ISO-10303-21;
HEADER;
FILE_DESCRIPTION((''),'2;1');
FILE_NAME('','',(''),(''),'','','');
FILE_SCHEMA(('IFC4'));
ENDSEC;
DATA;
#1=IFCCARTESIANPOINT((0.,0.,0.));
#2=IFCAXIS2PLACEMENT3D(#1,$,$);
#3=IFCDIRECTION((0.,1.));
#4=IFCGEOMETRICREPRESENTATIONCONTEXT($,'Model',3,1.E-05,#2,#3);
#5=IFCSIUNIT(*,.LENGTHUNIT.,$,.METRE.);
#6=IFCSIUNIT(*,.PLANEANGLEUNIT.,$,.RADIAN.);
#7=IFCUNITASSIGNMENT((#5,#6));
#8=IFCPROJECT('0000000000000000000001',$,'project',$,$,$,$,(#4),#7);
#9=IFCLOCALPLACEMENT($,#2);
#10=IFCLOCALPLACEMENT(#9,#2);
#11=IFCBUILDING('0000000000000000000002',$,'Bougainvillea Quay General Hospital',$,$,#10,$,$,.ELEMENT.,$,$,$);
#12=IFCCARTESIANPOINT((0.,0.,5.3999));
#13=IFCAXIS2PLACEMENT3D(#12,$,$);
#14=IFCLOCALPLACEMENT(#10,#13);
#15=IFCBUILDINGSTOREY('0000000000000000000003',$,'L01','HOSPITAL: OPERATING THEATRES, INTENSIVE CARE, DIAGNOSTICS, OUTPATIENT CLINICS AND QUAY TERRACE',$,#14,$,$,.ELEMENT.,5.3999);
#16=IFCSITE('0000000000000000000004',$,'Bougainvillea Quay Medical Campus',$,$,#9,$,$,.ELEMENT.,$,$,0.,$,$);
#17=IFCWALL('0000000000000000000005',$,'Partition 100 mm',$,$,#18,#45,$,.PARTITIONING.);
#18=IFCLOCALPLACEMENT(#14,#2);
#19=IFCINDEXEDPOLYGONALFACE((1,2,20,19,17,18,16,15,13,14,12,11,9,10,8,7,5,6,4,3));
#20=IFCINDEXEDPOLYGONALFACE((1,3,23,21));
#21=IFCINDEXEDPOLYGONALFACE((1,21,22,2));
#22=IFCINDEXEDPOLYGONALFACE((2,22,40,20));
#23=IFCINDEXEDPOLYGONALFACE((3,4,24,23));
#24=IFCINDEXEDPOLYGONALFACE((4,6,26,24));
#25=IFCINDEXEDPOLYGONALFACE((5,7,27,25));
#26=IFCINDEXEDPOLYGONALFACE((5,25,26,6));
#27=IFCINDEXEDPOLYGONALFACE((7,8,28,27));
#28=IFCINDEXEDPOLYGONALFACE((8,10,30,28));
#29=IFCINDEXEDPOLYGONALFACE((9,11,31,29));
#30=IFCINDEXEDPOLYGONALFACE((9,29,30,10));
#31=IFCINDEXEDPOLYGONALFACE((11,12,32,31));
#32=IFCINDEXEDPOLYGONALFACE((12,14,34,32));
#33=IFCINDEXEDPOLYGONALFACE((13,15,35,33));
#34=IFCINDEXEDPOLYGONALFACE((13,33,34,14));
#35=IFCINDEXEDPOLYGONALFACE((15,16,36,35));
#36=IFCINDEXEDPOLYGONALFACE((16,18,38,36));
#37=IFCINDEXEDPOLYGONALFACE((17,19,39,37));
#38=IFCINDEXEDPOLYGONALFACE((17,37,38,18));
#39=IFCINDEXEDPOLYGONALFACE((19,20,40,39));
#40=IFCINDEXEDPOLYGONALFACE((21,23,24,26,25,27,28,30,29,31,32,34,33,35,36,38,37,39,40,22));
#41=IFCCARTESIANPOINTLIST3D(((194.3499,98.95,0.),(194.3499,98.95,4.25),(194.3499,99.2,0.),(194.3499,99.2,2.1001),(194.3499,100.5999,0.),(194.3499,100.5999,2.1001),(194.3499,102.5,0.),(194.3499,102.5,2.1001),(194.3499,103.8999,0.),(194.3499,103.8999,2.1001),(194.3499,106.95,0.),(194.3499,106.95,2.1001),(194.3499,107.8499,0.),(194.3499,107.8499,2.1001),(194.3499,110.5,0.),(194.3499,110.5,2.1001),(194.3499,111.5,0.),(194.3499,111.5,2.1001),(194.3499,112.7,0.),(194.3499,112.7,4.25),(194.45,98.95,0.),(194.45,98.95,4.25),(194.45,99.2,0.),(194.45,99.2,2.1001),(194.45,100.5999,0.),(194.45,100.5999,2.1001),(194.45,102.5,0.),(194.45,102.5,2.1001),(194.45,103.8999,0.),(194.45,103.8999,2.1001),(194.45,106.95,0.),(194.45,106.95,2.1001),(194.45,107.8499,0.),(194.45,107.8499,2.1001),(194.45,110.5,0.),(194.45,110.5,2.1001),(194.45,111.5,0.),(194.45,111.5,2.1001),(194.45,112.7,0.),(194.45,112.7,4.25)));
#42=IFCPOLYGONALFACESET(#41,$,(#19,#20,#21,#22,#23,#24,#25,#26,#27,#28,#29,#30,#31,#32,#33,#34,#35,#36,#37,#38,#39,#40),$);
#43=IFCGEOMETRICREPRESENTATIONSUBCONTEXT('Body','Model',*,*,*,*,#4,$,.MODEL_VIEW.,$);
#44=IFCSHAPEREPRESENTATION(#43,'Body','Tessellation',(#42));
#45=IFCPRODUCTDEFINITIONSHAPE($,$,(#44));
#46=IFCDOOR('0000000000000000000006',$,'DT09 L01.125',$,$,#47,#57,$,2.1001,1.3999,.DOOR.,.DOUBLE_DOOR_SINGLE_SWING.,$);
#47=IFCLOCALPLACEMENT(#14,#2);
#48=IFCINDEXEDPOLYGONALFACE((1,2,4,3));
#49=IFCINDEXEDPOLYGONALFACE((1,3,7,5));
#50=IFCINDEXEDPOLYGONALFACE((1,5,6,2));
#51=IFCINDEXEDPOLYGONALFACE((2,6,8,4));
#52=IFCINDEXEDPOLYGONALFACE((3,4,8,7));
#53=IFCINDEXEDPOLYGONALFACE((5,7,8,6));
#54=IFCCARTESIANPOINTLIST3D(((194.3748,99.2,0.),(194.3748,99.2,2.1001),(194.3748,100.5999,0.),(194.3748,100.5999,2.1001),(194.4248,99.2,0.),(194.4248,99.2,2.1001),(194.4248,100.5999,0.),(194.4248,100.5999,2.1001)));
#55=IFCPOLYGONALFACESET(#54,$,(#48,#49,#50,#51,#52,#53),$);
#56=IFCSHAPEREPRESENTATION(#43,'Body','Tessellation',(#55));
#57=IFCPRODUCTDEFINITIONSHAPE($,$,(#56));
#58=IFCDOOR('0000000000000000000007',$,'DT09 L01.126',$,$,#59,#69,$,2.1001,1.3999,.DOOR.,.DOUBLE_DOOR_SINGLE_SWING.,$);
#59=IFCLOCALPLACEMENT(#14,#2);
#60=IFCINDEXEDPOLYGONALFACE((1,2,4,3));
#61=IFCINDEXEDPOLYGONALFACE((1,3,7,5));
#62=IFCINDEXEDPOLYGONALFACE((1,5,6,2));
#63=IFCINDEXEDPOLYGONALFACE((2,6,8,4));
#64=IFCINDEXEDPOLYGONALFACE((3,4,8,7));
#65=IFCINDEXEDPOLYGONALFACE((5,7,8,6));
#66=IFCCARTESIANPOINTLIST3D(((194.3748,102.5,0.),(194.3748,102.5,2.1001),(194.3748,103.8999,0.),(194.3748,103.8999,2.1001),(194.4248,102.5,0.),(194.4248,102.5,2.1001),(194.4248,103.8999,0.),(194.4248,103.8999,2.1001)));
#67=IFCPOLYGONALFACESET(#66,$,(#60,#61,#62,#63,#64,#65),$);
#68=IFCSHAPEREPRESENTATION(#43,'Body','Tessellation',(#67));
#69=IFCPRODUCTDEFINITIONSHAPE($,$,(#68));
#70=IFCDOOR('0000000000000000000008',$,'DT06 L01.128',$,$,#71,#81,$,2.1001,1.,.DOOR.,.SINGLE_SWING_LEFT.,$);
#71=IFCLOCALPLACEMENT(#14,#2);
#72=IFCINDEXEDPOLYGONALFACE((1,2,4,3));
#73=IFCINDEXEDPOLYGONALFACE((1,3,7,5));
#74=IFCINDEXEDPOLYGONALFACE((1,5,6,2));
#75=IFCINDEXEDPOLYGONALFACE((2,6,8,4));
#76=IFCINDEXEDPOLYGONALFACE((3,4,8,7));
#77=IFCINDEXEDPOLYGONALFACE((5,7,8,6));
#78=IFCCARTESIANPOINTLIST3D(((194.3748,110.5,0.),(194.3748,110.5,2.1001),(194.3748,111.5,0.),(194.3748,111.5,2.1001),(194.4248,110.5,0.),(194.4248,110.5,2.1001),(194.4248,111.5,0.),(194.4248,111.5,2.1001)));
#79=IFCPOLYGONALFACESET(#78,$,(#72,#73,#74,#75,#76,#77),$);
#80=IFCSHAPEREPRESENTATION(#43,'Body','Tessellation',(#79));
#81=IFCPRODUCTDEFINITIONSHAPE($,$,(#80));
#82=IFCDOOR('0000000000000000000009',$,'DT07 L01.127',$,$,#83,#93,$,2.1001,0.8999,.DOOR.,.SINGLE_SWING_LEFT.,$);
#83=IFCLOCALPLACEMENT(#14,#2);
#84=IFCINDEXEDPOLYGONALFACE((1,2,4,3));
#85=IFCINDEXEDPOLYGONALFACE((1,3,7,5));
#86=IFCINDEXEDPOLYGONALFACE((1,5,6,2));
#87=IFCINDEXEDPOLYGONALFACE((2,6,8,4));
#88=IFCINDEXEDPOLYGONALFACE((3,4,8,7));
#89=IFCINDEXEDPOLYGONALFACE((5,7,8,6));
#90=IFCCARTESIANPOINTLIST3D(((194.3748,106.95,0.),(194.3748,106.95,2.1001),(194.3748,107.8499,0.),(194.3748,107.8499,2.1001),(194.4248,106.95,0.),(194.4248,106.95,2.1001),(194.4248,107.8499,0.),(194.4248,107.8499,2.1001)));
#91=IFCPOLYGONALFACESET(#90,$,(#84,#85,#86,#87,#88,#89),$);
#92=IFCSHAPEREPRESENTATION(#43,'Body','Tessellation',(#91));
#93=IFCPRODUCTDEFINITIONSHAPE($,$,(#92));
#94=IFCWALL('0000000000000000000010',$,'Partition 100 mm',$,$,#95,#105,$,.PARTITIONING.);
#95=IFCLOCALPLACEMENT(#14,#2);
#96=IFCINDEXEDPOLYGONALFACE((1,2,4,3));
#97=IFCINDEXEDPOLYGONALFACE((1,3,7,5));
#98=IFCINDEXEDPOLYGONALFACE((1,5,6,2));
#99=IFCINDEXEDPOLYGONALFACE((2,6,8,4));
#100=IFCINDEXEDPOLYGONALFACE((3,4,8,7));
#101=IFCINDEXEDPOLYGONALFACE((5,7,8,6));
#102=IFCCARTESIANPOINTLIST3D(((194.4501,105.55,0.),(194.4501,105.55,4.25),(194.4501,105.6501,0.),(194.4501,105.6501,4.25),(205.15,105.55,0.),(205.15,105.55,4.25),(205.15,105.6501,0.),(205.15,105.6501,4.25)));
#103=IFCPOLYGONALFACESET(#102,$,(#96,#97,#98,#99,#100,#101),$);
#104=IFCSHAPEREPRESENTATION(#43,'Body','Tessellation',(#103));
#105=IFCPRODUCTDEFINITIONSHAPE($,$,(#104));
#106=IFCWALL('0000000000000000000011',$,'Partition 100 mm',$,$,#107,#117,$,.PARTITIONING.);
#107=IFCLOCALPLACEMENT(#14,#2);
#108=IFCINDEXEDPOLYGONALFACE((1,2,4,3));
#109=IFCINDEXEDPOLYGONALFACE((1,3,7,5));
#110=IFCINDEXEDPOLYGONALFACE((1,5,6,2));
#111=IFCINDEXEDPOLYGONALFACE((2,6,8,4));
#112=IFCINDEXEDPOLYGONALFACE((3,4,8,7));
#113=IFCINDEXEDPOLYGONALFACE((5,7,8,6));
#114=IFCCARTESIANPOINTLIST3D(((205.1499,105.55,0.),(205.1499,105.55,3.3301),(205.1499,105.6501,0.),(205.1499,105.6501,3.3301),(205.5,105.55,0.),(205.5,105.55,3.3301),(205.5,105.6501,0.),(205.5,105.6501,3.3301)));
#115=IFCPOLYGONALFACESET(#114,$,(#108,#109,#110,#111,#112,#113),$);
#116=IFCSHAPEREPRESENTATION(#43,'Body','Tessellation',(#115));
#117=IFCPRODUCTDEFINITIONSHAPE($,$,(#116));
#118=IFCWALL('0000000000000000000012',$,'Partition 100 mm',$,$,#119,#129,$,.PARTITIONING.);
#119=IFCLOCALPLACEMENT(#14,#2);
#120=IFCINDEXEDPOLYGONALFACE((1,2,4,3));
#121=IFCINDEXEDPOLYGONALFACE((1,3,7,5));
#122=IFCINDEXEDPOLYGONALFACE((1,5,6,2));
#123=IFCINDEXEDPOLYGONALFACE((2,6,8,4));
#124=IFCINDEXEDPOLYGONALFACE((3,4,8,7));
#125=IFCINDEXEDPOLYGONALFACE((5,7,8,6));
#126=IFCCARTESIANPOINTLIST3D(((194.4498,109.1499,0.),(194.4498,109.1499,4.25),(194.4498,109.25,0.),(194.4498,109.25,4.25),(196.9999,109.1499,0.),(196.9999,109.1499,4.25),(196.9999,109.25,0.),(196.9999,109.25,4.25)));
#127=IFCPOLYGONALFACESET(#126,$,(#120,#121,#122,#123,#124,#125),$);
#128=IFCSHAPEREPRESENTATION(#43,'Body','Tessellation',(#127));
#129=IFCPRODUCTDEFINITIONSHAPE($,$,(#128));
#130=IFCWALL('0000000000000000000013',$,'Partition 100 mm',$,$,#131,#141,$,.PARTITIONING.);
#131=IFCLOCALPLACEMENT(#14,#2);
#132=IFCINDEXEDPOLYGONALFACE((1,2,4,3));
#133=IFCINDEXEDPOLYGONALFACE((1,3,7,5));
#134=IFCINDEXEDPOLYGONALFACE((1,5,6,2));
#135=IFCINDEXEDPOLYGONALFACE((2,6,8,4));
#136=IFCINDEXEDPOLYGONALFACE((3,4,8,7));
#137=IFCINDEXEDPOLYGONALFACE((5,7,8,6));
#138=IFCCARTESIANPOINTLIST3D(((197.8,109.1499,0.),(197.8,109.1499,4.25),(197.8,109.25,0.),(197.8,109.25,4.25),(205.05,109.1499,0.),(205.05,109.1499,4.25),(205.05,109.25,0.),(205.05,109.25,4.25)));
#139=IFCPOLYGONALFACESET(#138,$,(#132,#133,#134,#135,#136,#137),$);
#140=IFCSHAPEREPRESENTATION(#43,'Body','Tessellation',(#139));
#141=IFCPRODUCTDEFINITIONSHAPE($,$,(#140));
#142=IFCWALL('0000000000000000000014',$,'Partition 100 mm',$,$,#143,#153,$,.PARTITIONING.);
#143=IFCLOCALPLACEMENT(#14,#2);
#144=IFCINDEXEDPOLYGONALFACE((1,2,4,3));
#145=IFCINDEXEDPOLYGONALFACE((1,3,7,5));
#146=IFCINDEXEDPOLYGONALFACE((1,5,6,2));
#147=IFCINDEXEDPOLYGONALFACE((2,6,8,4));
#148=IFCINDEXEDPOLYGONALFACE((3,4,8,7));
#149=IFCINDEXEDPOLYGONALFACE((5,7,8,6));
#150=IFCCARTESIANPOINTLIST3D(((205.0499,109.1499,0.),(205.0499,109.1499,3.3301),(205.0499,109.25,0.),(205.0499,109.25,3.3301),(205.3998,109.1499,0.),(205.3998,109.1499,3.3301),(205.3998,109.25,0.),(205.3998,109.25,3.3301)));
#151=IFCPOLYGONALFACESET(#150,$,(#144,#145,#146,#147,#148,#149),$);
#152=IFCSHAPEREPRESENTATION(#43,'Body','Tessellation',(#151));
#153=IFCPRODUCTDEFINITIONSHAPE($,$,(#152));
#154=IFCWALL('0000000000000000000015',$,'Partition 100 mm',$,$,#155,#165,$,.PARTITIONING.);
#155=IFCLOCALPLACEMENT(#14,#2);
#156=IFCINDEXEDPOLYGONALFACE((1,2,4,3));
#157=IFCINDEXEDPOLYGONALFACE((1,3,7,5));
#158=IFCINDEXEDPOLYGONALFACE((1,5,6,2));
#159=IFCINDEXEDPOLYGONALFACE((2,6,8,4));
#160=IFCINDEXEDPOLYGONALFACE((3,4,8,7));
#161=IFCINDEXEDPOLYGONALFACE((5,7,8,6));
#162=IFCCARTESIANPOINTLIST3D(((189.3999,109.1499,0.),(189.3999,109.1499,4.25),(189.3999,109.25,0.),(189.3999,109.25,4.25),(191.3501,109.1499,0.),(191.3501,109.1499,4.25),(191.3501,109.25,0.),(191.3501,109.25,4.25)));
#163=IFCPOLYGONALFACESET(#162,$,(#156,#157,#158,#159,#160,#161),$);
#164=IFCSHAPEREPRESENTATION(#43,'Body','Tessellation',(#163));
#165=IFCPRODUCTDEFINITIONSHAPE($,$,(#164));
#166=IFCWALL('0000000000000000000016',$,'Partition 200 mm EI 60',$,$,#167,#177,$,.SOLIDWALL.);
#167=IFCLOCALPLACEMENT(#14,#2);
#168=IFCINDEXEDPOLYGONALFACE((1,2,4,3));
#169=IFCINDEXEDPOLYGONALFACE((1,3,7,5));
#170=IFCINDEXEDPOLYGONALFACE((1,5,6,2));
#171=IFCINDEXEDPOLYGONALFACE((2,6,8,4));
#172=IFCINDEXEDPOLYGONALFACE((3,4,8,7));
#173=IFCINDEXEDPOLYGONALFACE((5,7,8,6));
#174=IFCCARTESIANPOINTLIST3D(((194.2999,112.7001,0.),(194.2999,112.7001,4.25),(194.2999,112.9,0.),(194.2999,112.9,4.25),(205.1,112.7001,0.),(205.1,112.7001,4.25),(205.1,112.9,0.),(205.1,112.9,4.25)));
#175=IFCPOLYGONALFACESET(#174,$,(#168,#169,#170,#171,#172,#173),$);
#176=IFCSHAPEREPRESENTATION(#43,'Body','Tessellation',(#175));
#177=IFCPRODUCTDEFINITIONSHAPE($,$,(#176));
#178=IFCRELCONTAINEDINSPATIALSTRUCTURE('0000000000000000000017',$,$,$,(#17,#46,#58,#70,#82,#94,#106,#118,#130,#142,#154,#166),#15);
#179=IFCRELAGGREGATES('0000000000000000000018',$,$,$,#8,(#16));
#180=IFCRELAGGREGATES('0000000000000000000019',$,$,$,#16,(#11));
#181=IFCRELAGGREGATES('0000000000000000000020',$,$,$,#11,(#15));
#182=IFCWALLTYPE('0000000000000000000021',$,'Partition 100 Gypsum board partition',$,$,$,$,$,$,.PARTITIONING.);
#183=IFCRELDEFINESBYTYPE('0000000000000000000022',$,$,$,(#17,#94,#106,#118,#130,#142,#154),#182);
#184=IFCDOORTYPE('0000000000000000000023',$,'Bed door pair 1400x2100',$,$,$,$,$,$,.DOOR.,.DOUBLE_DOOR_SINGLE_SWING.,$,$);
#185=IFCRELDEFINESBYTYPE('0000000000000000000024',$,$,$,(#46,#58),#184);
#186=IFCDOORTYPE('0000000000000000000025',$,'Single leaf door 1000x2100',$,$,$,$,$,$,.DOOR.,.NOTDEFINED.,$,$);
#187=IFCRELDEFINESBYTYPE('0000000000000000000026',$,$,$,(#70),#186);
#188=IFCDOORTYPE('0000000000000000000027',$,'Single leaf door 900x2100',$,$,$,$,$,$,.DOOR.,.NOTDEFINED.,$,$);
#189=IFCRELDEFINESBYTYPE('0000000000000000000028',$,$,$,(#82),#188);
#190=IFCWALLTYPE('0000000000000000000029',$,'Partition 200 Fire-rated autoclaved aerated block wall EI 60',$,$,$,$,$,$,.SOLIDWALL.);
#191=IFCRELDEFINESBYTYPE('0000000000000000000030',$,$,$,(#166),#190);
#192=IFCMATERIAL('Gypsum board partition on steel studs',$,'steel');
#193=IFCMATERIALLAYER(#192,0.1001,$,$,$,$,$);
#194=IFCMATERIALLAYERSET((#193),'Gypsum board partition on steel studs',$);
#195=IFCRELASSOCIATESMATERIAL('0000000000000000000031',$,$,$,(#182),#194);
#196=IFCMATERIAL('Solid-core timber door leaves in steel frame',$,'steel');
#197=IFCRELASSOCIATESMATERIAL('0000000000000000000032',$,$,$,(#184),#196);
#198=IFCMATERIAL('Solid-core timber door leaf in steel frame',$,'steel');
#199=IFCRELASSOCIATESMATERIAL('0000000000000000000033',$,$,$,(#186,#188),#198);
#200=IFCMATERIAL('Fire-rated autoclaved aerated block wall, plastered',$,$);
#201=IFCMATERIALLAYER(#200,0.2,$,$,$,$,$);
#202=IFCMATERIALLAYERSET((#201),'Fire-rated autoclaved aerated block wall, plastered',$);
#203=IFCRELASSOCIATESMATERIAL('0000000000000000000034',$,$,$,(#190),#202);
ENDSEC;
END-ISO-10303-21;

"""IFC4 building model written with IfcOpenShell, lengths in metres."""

from ifc_helpers import new_model, si_unit, direction, frame, frame_2d, origin, place, context, subcontext, project, spatial, rectangle, extrude, material, layer, layer_set, type_object, element, fill, save


model = new_model("IFC4")

# Units and contexts
model_context = context("Model", 3, precision=1e-05, world=origin(), true_north=direction((0.0, 1.0)))
body_context = subcontext(model_context, "Body", "Model", "MODEL_VIEW")
ifc_project = project(units=[si_unit("LENGTHUNIT", "METRE"), si_unit("PLANEANGLEUNIT", "RADIAN")], contexts=[model_context])

# Site, building, storey
site_placement = place(None, origin())
site = spatial("IfcSite", under=ifc_project, at=site_placement, Name="Bougainvillea Quay Medical Campus", CompositionType="ELEMENT", RefElevation=0.0)
building_placement = place(site_placement, origin())
building = spatial("IfcBuilding", under=site, at=building_placement, Name="Bougainvillea Quay General Hospital", CompositionType="ELEMENT")
storey_placement = place(building_placement, frame((0.0, 0.0, 5.3999)))
storey = spatial("IfcBuildingStorey", under=building, at=storey_placement, Name="L01", Description="HOSPITAL: OPERATING THEATRES, INTENSIVE CARE, DIAGNOSTICS, OUTPATIENT CLINICS AND QUAY TERRACE", CompositionType="ELEMENT", Elevation=5.3999)

# Wall, openings, doors
ifc_material_1 = material(Name="Gypsum board partition on steel studs", Category="steel")
ifc_layer_1 = layer(ifc_material_1, 0.1001)
ifc_layer_set_1 = layer_set([ifc_layer_1], Name="Gypsum board partition on steel studs")
wall_type_1 = type_object("IfcWallType", Name="Partition 100 Gypsum board partition", PredefinedType="PARTITIONING", material=ifc_layer_set_1)
wall_1_placement = place(storey_placement, frame((194.3999, 112.7, 0.0), z_axis=(0.0, 0.0, 1.0), x_axis=(0.0, -1.0, 0.0)))
wall_1 = element("IfcWall", 1, at=wall_1_placement, inside=storey, type_object=wall_type_1, Name="Partition 100 mm", PredefinedType="PARTITIONING", context=body_context, shape_type="SweptSolid", body=[
    extrude(rectangle(XDim=13.75, YDim=0.1001, at=frame_2d((6.875, 0.0))), origin(), (0.0, 0.0, 1.0), 4.25),
])
opening_1_placement = place(wall_1_placement, frame((12.1001, 0.0, 0.0)))
opening_1 = element("IfcOpeningElement", 2, at=opening_1_placement, cuts=wall_1, PredefinedType="OPENING", context=body_context, shape_type="SweptSolid", body=[
    extrude(rectangle(XDim=1.3999, YDim=2.1001, at=frame_2d((0.7, 1.05))), frame((0.0, 0.0601, 0.0), z_axis=(0.0, -1.0, 0.0), x_axis=(1.0, 0.0, 0.0)), (0.0, 0.0, 1.0), 0.1201),
])
opening_2_placement = place(wall_1_placement, frame((8.8, 0.0, 0.0)))
opening_2 = element("IfcOpeningElement", 3, at=opening_2_placement, cuts=wall_1, PredefinedType="OPENING", context=body_context, shape_type="SweptSolid", body=[
    extrude(rectangle(XDim=1.3999, YDim=2.1001, at=frame_2d((0.7, 1.05))), frame((0.0, 0.0601, 0.0), z_axis=(0.0, -1.0, 0.0), x_axis=(1.0, 0.0, 0.0)), (0.0, 0.0, 1.0), 0.1201),
])
opening_3_placement = place(wall_1_placement, frame((4.8501, 0.0, 0.0)))
opening_3 = element("IfcOpeningElement", 4, at=opening_3_placement, cuts=wall_1, PredefinedType="OPENING", context=body_context, shape_type="SweptSolid", body=[
    extrude(rectangle(XDim=0.8999, YDim=2.1001, at=frame_2d((0.45, 1.05))), frame((0.0, 0.0601, 0.0), z_axis=(0.0, -1.0, 0.0), x_axis=(1.0, 0.0, 0.0)), (0.0, 0.0, 1.0), 0.1201),
])
opening_4_placement = place(wall_1_placement, frame((1.2, 0.0, 0.0)))
opening_4 = element("IfcOpeningElement", 5, at=opening_4_placement, cuts=wall_1, PredefinedType="OPENING", context=body_context, shape_type="SweptSolid", body=[
    extrude(rectangle(XDim=1.0, YDim=2.1001, at=frame_2d((0.5, 1.05))), frame((0.0, 0.0601, 0.0), z_axis=(0.0, -1.0, 0.0), x_axis=(1.0, 0.0, 0.0)), (0.0, 0.0, 1.0), 0.1201),
])
ifc_material_2 = material(Name="Solid-core timber door leaves in steel frame", Category="steel")
door_type_1 = type_object("IfcDoorType", Name="Bed door pair 1400x2100", OperationType="DOUBLE_DOOR_SINGLE_SWING", PredefinedType="DOOR", material=ifc_material_2)
door_1_placement = place(opening_1_placement, origin())
door_1 = element("IfcDoor", 6, at=door_1_placement, inside=storey, type_object=door_type_1, Name="DT09 L01.125", OperationType="DOUBLE_DOOR_SINGLE_SWING", OverallHeight=2.1001, OverallWidth=1.3999, PredefinedType="DOOR", context=body_context, shape_type="SweptSolid", body=[
    extrude(rectangle(XDim=1.3999, YDim=2.1001, at=frame_2d((0.7, 1.05))), frame((0.0, 0.0249, 0.0), z_axis=(0.0, -1.0, 0.0), x_axis=(1.0, 0.0, 0.0)), (0.0, 0.0, 1.0), 0.05),
])
fill(opening_1, door_1)
door_2_placement = place(opening_2_placement, origin())
door_2 = element("IfcDoor", 7, at=door_2_placement, inside=storey, type_object=door_type_1, Name="DT09 L01.126", OperationType="DOUBLE_DOOR_SINGLE_SWING", OverallHeight=2.1001, OverallWidth=1.3999, PredefinedType="DOOR", context=body_context, shape_type="SweptSolid", body=[
    extrude(rectangle(XDim=1.3999, YDim=2.1001, at=frame_2d((0.7, 1.05))), frame((0.0, 0.0249, 0.0), z_axis=(0.0, -1.0, 0.0), x_axis=(1.0, 0.0, 0.0)), (0.0, 0.0, 1.0), 0.05),
])
fill(opening_2, door_2)
ifc_material_3 = material(Name="Solid-core timber door leaf in steel frame", Category="steel")
door_type_2 = type_object("IfcDoorType", Name="Single leaf door 1000x2100", OperationType="NOTDEFINED", PredefinedType="DOOR", material=ifc_material_3)
door_3_placement = place(opening_4_placement, origin())
door_3 = element("IfcDoor", 8, at=door_3_placement, inside=storey, type_object=door_type_2, Name="DT06 L01.128", OperationType="SINGLE_SWING_LEFT", OverallHeight=2.1001, OverallWidth=1.0, PredefinedType="DOOR", context=body_context, shape_type="SweptSolid", body=[
    extrude(rectangle(XDim=1.0, YDim=2.1001, at=frame_2d((0.5, 1.05))), frame((0.0, 0.0249, 0.0), z_axis=(0.0, -1.0, 0.0), x_axis=(1.0, 0.0, 0.0)), (0.0, 0.0, 1.0), 0.05),
])
fill(opening_4, door_3)
door_type_3 = type_object("IfcDoorType", Name="Single leaf door 900x2100", OperationType="NOTDEFINED", PredefinedType="DOOR", material=ifc_material_3)
door_4_placement = place(opening_3_placement, origin())
door_4 = element("IfcDoor", 9, at=door_4_placement, inside=storey, type_object=door_type_3, Name="DT07 L01.127", OperationType="SINGLE_SWING_LEFT", OverallHeight=2.1001, OverallWidth=0.8999, PredefinedType="DOOR", context=body_context, shape_type="SweptSolid", body=[
    extrude(rectangle(XDim=0.8999, YDim=2.1001, at=frame_2d((0.45, 1.05))), frame((0.0, 0.0249, 0.0), z_axis=(0.0, -1.0, 0.0), x_axis=(1.0, 0.0, 0.0)), (0.0, 0.0, 1.0), 0.05),
])
fill(opening_3, door_4)

# Walls
wall_2_placement = place(storey_placement, frame((194.45, 105.6001, 0.0), z_axis=(0.0, 0.0, 1.0), x_axis=(1.0, 0.0, 0.0)))
element("IfcWall", 10, at=wall_2_placement, inside=storey, type_object=wall_type_1, Name="Partition 100 mm", PredefinedType="PARTITIONING", context=body_context, shape_type="SweptSolid", body=[
    extrude(rectangle(XDim=10.7, YDim=0.1001, at=frame_2d((5.3501, 0.0))), origin(), (0.0, 0.0, 1.0), 4.25),
])
wall_3_placement = place(storey_placement, frame((205.1499, 105.6001, 0.0), z_axis=(0.0, 0.0, 1.0), x_axis=(1.0, 0.0, 0.0)))
element("IfcWall", 11, at=wall_3_placement, inside=storey, type_object=wall_type_1, Name="Partition 100 mm", PredefinedType="PARTITIONING", context=body_context, shape_type="SweptSolid", body=[
    extrude(rectangle(XDim=0.3501, YDim=0.1001, at=frame_2d((0.175, 0.0))), origin(), (0.0, 0.0, 1.0), 3.3301),
])
wall_4_placement = place(storey_placement, frame((194.45, 109.2, 0.0), z_axis=(0.0, 0.0, 1.0), x_axis=(1.0, 0.0, 0.0)))
element("IfcWall", 12, at=wall_4_placement, inside=storey, type_object=wall_type_1, Name="Partition 100 mm", PredefinedType="PARTITIONING", context=body_context, shape_type="SweptSolid", body=[
    extrude(rectangle(XDim=2.55, YDim=0.1001, at=frame_2d((1.2749, 0.0))), origin(), (0.0, 0.0, 1.0), 4.25),
])
wall_5_placement = place(storey_placement, frame((197.8, 109.2, 0.0), z_axis=(0.0, 0.0, 1.0), x_axis=(1.0, 0.0, 0.0)))
element("IfcWall", 13, at=wall_5_placement, inside=storey, type_object=wall_type_1, Name="Partition 100 mm", PredefinedType="PARTITIONING", context=body_context, shape_type="SweptSolid", body=[
    extrude(rectangle(XDim=7.25, YDim=0.1001, at=frame_2d((3.625, 0.0))), origin(), (0.0, 0.0, 1.0), 4.25),
])
wall_6_placement = place(storey_placement, frame((205.05, 109.2, 0.0), z_axis=(0.0, 0.0, 1.0), x_axis=(1.0, 0.0, 0.0)))
element("IfcWall", 14, at=wall_6_placement, inside=storey, type_object=wall_type_1, Name="Partition 100 mm", PredefinedType="PARTITIONING", context=body_context, shape_type="SweptSolid", body=[
    extrude(rectangle(XDim=0.3499, YDim=0.1001, at=frame_2d((0.1748, 0.0))), origin(), (0.0, 0.0, 1.0), 3.3301),
])
wall_7_placement = place(storey_placement, frame((189.3999, 109.2, 0.0), z_axis=(0.0, 0.0, 1.0), x_axis=(1.0, 0.0, 0.0)))
element("IfcWall", 15, at=wall_7_placement, inside=storey, type_object=wall_type_1, Name="Partition 100 mm", PredefinedType="PARTITIONING", context=body_context, shape_type="SweptSolid", body=[
    extrude(rectangle(XDim=1.9502, YDim=0.1001, at=frame_2d((0.9751, 0.0))), origin(), (0.0, 0.0, 1.0), 4.25),
])
ifc_material_4 = material(Name="Fire-rated autoclaved aerated block wall, plastered")
ifc_layer_2 = layer(ifc_material_4, 0.2)
ifc_layer_set_2 = layer_set([ifc_layer_2], Name="Fire-rated autoclaved aerated block wall, plastered")
wall_type_2 = type_object("IfcWallType", Name="Partition 200 Fire-rated autoclaved aerated block wall EI 60", PredefinedType="SOLIDWALL", material=ifc_layer_set_2)
wall_8_placement = place(storey_placement, frame((194.3, 112.8, 0.0), z_axis=(0.0, 0.0, 1.0), x_axis=(1.0, 0.0, 0.0)))
element("IfcWall", 16, at=wall_8_placement, inside=storey, type_object=wall_type_2, Name="Partition 200 mm EI 60", PredefinedType="SOLIDWALL", context=body_context, shape_type="SweptSolid", body=[
    extrude(rectangle(XDim=10.8, YDim=0.2, at=frame_2d((5.3999, 0.0))), origin(), (0.0, 0.0, 1.0), 4.25),
])

save(model, "model.ifc")
